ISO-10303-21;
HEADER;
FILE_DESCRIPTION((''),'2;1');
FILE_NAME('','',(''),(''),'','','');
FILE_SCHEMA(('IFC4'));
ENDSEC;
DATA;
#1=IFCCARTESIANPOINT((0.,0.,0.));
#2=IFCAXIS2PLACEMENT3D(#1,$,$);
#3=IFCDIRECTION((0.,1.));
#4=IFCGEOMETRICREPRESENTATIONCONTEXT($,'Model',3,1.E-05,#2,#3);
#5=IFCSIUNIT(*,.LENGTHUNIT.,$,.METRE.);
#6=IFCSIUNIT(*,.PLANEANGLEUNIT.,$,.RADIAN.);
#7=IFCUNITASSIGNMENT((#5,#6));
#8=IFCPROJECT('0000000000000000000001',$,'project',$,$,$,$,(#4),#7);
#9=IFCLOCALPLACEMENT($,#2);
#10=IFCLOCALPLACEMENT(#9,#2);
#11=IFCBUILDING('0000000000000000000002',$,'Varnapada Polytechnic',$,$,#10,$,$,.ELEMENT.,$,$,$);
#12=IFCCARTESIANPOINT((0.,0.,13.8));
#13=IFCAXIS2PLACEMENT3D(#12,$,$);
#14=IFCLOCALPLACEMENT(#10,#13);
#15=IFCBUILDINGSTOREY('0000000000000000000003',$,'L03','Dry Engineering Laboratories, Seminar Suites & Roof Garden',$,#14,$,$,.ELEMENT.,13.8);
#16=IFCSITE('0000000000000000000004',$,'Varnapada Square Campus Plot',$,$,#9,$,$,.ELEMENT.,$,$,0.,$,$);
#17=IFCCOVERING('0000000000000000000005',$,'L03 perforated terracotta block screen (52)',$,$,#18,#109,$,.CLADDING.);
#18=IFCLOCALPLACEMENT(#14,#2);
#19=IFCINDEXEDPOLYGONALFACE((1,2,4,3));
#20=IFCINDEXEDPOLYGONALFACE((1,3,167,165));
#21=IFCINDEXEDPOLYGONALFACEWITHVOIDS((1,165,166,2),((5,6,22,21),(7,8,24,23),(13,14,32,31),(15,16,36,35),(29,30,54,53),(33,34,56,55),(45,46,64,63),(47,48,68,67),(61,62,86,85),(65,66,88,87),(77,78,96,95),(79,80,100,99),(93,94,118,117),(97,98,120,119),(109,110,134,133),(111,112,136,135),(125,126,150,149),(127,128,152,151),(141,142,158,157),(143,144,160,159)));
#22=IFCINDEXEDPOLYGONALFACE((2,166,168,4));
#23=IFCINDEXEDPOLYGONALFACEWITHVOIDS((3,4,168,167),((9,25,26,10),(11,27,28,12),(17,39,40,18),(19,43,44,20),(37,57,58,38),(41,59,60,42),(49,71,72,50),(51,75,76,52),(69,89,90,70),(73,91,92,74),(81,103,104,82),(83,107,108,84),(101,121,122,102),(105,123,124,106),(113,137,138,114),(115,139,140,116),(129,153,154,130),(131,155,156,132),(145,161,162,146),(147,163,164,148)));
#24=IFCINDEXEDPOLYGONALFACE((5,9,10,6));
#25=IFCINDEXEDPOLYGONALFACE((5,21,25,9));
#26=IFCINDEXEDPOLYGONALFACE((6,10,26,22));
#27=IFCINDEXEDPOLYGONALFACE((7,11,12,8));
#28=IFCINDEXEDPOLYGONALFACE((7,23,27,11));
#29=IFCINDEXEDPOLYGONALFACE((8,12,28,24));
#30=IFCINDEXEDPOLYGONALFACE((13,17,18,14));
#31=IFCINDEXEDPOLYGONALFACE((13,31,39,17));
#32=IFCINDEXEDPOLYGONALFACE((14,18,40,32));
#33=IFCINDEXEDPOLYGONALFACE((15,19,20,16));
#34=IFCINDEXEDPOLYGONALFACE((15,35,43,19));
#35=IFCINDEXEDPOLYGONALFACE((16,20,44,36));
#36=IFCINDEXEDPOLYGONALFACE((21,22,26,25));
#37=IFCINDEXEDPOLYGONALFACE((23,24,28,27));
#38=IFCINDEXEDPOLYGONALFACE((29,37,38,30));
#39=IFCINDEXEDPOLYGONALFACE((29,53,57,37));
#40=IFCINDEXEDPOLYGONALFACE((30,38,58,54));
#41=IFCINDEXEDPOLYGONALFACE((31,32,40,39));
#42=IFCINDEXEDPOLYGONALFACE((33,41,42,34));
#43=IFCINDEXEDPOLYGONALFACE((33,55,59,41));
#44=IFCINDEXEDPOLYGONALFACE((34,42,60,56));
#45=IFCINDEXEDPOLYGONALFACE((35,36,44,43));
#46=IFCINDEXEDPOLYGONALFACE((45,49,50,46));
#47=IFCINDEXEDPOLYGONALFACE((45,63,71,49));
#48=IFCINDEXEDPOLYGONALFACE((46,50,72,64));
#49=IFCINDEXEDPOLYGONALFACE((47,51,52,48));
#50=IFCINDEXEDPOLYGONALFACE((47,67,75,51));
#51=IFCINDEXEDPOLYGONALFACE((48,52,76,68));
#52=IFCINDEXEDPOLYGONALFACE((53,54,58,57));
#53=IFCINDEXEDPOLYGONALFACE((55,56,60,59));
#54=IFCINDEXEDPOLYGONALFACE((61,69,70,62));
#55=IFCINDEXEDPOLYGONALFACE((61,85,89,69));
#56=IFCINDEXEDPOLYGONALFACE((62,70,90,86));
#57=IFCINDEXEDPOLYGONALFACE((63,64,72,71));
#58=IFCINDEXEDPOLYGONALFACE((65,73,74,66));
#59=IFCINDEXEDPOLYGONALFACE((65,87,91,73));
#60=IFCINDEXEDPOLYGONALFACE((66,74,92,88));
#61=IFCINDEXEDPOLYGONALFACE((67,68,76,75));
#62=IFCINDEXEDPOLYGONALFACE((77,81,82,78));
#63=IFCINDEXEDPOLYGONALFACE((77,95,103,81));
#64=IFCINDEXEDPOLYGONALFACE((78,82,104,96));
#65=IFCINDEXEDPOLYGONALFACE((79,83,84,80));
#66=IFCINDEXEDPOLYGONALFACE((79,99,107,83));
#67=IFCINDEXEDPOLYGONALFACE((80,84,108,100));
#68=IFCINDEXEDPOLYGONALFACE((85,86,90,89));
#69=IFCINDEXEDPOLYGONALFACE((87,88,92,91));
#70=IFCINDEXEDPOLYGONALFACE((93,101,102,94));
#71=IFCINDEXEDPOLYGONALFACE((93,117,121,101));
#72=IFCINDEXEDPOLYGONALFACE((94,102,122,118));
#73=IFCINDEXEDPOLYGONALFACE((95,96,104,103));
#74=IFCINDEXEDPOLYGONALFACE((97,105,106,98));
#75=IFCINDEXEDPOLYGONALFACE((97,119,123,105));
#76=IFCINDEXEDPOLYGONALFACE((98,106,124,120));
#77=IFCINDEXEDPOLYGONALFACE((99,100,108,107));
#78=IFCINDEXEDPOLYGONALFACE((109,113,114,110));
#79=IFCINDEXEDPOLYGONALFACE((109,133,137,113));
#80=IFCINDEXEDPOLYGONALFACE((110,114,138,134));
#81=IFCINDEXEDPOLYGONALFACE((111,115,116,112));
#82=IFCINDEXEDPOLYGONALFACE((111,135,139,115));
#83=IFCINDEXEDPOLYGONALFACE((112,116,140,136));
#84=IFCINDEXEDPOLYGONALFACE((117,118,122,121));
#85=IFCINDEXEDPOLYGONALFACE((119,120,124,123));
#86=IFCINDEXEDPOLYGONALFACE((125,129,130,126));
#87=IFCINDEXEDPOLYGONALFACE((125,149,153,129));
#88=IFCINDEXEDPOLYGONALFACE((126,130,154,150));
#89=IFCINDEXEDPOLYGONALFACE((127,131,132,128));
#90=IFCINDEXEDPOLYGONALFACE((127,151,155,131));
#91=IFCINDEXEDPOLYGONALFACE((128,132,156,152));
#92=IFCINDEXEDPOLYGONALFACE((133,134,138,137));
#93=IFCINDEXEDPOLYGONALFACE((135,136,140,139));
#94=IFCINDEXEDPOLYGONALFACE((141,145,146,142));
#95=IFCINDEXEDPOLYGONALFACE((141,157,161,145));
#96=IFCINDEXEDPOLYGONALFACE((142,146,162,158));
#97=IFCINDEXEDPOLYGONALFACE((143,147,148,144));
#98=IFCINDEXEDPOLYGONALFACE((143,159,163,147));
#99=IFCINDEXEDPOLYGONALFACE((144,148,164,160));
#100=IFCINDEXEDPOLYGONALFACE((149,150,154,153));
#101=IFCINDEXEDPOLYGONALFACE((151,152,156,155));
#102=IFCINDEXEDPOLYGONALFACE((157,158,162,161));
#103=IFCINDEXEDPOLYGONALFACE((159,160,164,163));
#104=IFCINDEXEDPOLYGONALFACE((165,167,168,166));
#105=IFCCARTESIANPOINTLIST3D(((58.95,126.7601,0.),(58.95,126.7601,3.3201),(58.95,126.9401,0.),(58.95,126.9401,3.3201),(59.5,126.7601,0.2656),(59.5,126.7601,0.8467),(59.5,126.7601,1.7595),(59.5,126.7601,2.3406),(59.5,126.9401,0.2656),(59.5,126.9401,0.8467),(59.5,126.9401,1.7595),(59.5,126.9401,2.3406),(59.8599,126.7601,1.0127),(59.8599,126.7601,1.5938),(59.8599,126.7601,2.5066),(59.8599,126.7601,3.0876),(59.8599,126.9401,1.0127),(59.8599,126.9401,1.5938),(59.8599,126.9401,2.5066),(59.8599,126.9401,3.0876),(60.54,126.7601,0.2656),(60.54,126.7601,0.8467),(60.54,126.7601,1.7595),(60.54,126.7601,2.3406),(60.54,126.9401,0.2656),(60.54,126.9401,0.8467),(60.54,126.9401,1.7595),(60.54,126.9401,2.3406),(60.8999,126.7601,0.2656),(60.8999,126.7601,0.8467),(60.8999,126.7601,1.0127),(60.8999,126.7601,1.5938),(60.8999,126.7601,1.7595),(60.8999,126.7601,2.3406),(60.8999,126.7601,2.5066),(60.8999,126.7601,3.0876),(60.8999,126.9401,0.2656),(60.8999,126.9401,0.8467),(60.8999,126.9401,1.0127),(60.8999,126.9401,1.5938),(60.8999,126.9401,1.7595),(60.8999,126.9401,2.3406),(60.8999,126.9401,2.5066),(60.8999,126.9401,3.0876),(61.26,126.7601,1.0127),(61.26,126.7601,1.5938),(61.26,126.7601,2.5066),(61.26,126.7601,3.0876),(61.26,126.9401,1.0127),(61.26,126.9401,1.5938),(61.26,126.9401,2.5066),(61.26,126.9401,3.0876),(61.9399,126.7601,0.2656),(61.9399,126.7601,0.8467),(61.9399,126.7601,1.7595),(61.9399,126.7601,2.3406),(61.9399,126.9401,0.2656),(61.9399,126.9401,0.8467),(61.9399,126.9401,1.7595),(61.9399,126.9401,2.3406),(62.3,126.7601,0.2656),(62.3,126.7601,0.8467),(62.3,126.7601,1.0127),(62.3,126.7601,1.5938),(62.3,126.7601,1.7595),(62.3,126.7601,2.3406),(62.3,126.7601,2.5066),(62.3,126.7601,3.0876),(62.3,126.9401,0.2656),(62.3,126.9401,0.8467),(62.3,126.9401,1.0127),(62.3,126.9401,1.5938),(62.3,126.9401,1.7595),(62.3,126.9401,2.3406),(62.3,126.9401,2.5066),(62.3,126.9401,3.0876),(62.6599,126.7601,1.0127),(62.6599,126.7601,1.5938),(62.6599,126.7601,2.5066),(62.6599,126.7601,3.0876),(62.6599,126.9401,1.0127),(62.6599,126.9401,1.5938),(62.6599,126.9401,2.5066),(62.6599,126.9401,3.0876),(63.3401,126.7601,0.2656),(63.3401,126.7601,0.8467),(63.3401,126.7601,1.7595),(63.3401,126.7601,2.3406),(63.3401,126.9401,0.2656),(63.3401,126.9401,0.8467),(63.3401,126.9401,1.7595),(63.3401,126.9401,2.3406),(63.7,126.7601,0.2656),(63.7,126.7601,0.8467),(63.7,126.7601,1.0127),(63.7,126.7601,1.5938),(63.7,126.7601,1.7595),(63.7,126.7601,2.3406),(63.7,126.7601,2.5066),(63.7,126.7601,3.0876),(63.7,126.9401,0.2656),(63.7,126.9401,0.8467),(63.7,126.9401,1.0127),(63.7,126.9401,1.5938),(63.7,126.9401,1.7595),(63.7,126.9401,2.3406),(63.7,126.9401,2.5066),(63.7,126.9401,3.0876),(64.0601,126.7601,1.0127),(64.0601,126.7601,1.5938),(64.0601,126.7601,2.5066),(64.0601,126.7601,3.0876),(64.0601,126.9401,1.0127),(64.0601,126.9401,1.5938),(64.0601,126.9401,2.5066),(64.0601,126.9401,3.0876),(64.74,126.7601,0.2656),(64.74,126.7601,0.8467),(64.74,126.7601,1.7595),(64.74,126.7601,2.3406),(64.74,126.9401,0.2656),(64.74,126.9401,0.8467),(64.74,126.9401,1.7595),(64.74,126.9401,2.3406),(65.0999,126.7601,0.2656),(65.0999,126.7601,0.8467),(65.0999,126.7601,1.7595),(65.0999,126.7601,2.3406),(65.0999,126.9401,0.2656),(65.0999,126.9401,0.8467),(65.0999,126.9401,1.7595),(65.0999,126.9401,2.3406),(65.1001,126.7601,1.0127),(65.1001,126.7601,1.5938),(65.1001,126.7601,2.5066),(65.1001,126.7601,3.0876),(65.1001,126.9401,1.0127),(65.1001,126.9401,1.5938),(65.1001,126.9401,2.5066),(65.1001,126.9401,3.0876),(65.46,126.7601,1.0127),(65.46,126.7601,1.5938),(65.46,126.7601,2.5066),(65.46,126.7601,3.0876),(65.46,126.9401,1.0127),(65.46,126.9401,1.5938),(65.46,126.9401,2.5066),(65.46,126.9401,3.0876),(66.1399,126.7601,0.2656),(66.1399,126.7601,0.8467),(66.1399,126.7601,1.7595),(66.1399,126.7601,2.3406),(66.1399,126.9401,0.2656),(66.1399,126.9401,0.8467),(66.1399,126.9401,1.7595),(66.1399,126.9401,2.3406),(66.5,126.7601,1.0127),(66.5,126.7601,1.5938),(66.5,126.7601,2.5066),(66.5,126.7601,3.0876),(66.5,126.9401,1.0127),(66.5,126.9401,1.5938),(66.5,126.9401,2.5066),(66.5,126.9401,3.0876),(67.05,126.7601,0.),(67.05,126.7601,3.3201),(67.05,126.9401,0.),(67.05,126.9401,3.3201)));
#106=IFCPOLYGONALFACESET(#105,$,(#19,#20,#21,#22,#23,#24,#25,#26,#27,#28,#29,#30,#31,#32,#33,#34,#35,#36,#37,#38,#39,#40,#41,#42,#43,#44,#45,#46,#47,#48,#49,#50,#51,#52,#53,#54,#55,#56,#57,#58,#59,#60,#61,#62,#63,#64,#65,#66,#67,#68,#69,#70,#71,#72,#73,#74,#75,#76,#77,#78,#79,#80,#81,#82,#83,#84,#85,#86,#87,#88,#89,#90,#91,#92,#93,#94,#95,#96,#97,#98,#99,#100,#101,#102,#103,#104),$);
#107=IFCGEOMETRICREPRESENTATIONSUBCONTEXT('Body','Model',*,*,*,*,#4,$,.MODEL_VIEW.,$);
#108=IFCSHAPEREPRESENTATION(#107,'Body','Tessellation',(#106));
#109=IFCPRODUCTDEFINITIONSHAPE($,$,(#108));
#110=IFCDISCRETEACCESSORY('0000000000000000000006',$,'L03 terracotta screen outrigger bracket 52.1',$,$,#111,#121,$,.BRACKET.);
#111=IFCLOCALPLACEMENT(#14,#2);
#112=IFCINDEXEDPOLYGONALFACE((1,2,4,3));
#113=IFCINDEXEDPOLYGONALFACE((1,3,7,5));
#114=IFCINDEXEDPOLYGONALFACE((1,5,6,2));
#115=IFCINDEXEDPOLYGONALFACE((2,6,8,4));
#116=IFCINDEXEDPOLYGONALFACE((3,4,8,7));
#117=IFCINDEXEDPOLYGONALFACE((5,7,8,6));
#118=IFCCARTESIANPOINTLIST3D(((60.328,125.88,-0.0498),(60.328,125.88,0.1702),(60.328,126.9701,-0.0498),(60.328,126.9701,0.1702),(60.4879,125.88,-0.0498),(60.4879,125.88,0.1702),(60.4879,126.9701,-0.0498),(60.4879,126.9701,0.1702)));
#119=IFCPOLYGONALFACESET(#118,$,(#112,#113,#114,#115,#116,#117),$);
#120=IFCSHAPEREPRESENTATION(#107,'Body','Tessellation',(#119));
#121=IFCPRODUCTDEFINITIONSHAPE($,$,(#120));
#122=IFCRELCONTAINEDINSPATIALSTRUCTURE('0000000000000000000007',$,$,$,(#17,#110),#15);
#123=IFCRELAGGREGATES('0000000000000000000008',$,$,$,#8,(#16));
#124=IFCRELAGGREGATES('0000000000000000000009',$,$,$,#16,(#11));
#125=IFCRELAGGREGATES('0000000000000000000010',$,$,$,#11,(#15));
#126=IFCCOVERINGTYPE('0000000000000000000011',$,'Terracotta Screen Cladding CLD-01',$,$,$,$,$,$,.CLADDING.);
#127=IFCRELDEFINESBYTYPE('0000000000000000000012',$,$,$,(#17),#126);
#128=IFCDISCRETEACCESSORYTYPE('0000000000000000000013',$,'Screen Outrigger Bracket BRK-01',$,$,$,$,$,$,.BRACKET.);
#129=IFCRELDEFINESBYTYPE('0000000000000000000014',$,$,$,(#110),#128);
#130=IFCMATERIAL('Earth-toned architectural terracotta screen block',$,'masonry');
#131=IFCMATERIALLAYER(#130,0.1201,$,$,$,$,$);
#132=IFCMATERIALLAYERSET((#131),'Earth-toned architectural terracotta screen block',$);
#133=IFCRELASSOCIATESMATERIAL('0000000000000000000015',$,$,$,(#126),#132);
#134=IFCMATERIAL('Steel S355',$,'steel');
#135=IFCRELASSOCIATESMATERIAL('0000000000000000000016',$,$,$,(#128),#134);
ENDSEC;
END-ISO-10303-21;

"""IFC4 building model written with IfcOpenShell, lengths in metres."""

from ifc_helpers import new_model, si_unit, direction, frame, frame_2d, origin, origin_2d, place, context, subcontext, project, spatial, rectangle, extrude, material, layer, layer_set, type_object, element, save


model = new_model("IFC4")

# Units and contexts
model_context = context("Model", 3, precision=1e-05, world=origin(), true_north=direction((0.0, 1.0)))
body_context = subcontext(model_context, "Body", "Model", "MODEL_VIEW")
ifc_project = project(units=[si_unit("LENGTHUNIT", "METRE"), si_unit("PLANEANGLEUNIT", "RADIAN")], contexts=[model_context])

# Site, building, storey
site_placement = place(None, origin())
site = spatial("IfcSite", under=ifc_project, at=site_placement, Name="Varnapada Square Campus Plot", CompositionType="ELEMENT", RefElevation=0.0)
building_placement = place(site_placement, origin())
building = spatial("IfcBuilding", under=site, at=building_placement, Name="Varnapada Polytechnic", CompositionType="ELEMENT")
storey_placement = place(building_placement, frame((0.0, 0.0, 13.8)))
storey = spatial("IfcBuildingStorey", under=building, at=storey_placement, Name="L03", Description="Dry Engineering Laboratories, Seminar Suites & Roof Garden", CompositionType="ELEMENT", Elevation=13.8)

# Covering, openings
ifc_material_1 = material(Name="Earth-toned architectural terracotta screen block", Category="masonry")
ifc_layer_1 = layer(ifc_material_1, 0.1201)
ifc_layer_set_1 = layer_set([ifc_layer_1], Name="Earth-toned architectural terracotta screen block")
covering_type = type_object("IfcCoveringType", Name="Terracotta Screen Cladding CLD-01", PredefinedType="CLADDING", material=ifc_layer_set_1)
covering_placement = place(storey_placement, frame((58.95, 126.8501, 0.0), z_axis=(0.0, 0.0, 1.0), x_axis=(1.0, 0.0, 0.0)))
covering = element("IfcCovering", 1, at=covering_placement, inside=storey, type_object=covering_type, Name="L03 perforated terracotta block screen (52)", PredefinedType="CLADDING", context=body_context, shape_type="SweptSolid", body=[
    extrude(rectangle(XDim=8.1001, YDim=0.1799, at=frame_2d((4.05, 0.0))), origin(), (0.0, 0.0, 1.0), 3.3201),
])
opening_1_placement = place(covering_placement, frame((0.55, 0.0, 0.2656)))
element("IfcOpeningElement", 2, at=opening_1_placement, cuts=covering, PredefinedType="OPENING", context=body_context, shape_type="SweptSolid", body=[
    extrude(rectangle(XDim=1.04, YDim=0.5811, at=frame_2d((0.52, 0.2905))), frame((0.0, 0.0999, 0.0), z_axis=(0.0, -1.0, 0.0), x_axis=(1.0, 0.0, 0.0)), (0.0, 0.0, 1.0), 0.2),
])
opening_2_placement = place(covering_placement, frame((1.95, 0.0, 0.2656)))
element("IfcOpeningElement", 3, at=opening_2_placement, cuts=covering, PredefinedType="OPENING", context=body_context, shape_type="SweptSolid", body=[
    extrude(rectangle(XDim=1.04, YDim=0.5811, at=frame_2d((0.52, 0.2905))), frame((0.0, 0.0999, 0.0), z_axis=(0.0, -1.0, 0.0), x_axis=(1.0, 0.0, 0.0)), (0.0, 0.0, 1.0), 0.2),
])
opening_3_placement = place(covering_placement, frame((3.3501, 0.0, 0.2656)))
element("IfcOpeningElement", 4, at=opening_3_placement, cuts=covering, PredefinedType="OPENING", context=body_context, shape_type="SweptSolid", body=[
    extrude(rectangle(XDim=1.04, YDim=0.5811, at=frame_2d((0.52, 0.2905))), frame((0.0, 0.0999, 0.0), z_axis=(0.0, -1.0, 0.0), x_axis=(1.0, 0.0, 0.0)), (0.0, 0.0, 1.0), 0.2),
])
opening_4_placement = place(covering_placement, frame((4.75, 0.0, 0.2656)))
element("IfcOpeningElement", 5, at=opening_4_placement, cuts=covering, PredefinedType="OPENING", context=body_context, shape_type="SweptSolid", body=[
    extrude(rectangle(XDim=1.04, YDim=0.5811, at=frame_2d((0.52, 0.2905))), frame((0.0, 0.0999, 0.0), z_axis=(0.0, -1.0, 0.0), x_axis=(1.0, 0.0, 0.0)), (0.0, 0.0, 1.0), 0.2),
])
opening_5_placement = place(covering_placement, frame((6.1499, 0.0, 0.2656)))
element("IfcOpeningElement", 6, at=opening_5_placement, cuts=covering, PredefinedType="OPENING", context=body_context, shape_type="SweptSolid", body=[
    extrude(rectangle(XDim=1.04, YDim=0.5811, at=frame_2d((0.52, 0.2905))), frame((0.0, 0.0999, 0.0), z_axis=(0.0, -1.0, 0.0), x_axis=(1.0, 0.0, 0.0)), (0.0, 0.0, 1.0), 0.2),
])
opening_6_placement = place(covering_placement, frame((0.9099, 0.0, 1.0127)))
element("IfcOpeningElement", 7, at=opening_6_placement, cuts=covering, PredefinedType="OPENING", context=body_context, shape_type="SweptSolid", body=[
    extrude(rectangle(XDim=1.04, YDim=0.5811, at=frame_2d((0.52, 0.2905))), frame((0.0, 0.0999, 0.0), z_axis=(0.0, -1.0, 0.0), x_axis=(1.0, 0.0, 0.0)), (0.0, 0.0, 1.0), 0.2),
])
opening_7_placement = place(covering_placement, frame((2.3101, 0.0, 1.0127)))
element("IfcOpeningElement", 8, at=opening_7_placement, cuts=covering, PredefinedType="OPENING", context=body_context, shape_type="SweptSolid", body=[
    extrude(rectangle(XDim=1.04, YDim=0.5811, at=frame_2d((0.52, 0.2905))), frame((0.0, 0.0999, 0.0), z_axis=(0.0, -1.0, 0.0), x_axis=(1.0, 0.0, 0.0)), (0.0, 0.0, 1.0), 0.2),
])
opening_8_placement = place(covering_placement, frame((3.71, 0.0, 1.0127)))
element("IfcOpeningElement", 9, at=opening_8_placement, cuts=covering, PredefinedType="OPENING", context=body_context, shape_type="SweptSolid", body=[
    extrude(rectangle(XDim=1.04, YDim=0.5811, at=frame_2d((0.52, 0.2905))), frame((0.0, 0.0999, 0.0), z_axis=(0.0, -1.0, 0.0), x_axis=(1.0, 0.0, 0.0)), (0.0, 0.0, 1.0), 0.2),
])
opening_9_placement = place(covering_placement, frame((5.1101, 0.0, 1.0127)))
element("IfcOpeningElement", 10, at=opening_9_placement, cuts=covering, PredefinedType="OPENING", context=body_context, shape_type="SweptSolid", body=[
    extrude(rectangle(XDim=1.04, YDim=0.5811, at=frame_2d((0.52, 0.2905))), frame((0.0, 0.0999, 0.0), z_axis=(0.0, -1.0, 0.0), x_axis=(1.0, 0.0, 0.0)), (0.0, 0.0, 1.0), 0.2),
])
opening_10_placement = place(covering_placement, frame((6.51, 0.0, 1.0127)))
element("IfcOpeningElement", 11, at=opening_10_placement, cuts=covering, PredefinedType="OPENING", context=body_context, shape_type="SweptSolid", body=[
    extrude(rectangle(XDim=1.04, YDim=0.5811, at=frame_2d((0.52, 0.2905))), frame((0.0, 0.0999, 0.0), z_axis=(0.0, -1.0, 0.0), x_axis=(1.0, 0.0, 0.0)), (0.0, 0.0, 1.0), 0.2),
])
opening_11_placement = place(covering_placement, frame((0.55, 0.0, 1.7595)))
element("IfcOpeningElement", 12, at=opening_11_placement, cuts=covering, PredefinedType="OPENING", context=body_context, shape_type="SweptSolid", body=[
    extrude(rectangle(XDim=1.04, YDim=0.5811, at=frame_2d((0.52, 0.2905))), frame((0.0, 0.0999, 0.0), z_axis=(0.0, -1.0, 0.0), x_axis=(1.0, 0.0, 0.0)), (0.0, 0.0, 1.0), 0.2),
])
opening_12_placement = place(covering_placement, frame((1.95, 0.0, 1.7595)))
element("IfcOpeningElement", 13, at=opening_12_placement, cuts=covering, PredefinedType="OPENING", context=body_context, shape_type="SweptSolid", body=[
    extrude(rectangle(XDim=1.04, YDim=0.5811, at=frame_2d((0.52, 0.2905))), frame((0.0, 0.0999, 0.0), z_axis=(0.0, -1.0, 0.0), x_axis=(1.0, 0.0, 0.0)), (0.0, 0.0, 1.0), 0.2),
])
opening_13_placement = place(covering_placement, frame((3.3501, 0.0, 1.7595)))
element("IfcOpeningElement", 14, at=opening_13_placement, cuts=covering, PredefinedType="OPENING", context=body_context, shape_type="SweptSolid", body=[
    extrude(rectangle(XDim=1.04, YDim=0.5811, at=frame_2d((0.52, 0.2905))), frame((0.0, 0.0999, 0.0), z_axis=(0.0, -1.0, 0.0), x_axis=(1.0, 0.0, 0.0)), (0.0, 0.0, 1.0), 0.2),
])
opening_14_placement = place(covering_placement, frame((4.75, 0.0, 1.7595)))
element("IfcOpeningElement", 15, at=opening_14_placement, cuts=covering, PredefinedType="OPENING", context=body_context, shape_type="SweptSolid", body=[
    extrude(rectangle(XDim=1.04, YDim=0.5811, at=frame_2d((0.52, 0.2905))), frame((0.0, 0.0999, 0.0), z_axis=(0.0, -1.0, 0.0), x_axis=(1.0, 0.0, 0.0)), (0.0, 0.0, 1.0), 0.2),
])
opening_15_placement = place(covering_placement, frame((6.1499, 0.0, 1.7595)))
element("IfcOpeningElement", 16, at=opening_15_placement, cuts=covering, PredefinedType="OPENING", context=body_context, shape_type="SweptSolid", body=[
    extrude(rectangle(XDim=1.04, YDim=0.5811, at=frame_2d((0.52, 0.2905))), frame((0.0, 0.0999, 0.0), z_axis=(0.0, -1.0, 0.0), x_axis=(1.0, 0.0, 0.0)), (0.0, 0.0, 1.0), 0.2),
])
opening_16_placement = place(covering_placement, frame((0.9099, 0.0, 2.5066)))
element("IfcOpeningElement", 17, at=opening_16_placement, cuts=covering, PredefinedType="OPENING", context=body_context, shape_type="SweptSolid", body=[
    extrude(rectangle(XDim=1.04, YDim=0.5811, at=frame_2d((0.52, 0.2905))), frame((0.0, 0.0999, 0.0), z_axis=(0.0, -1.0, 0.0), x_axis=(1.0, 0.0, 0.0)), (0.0, 0.0, 1.0), 0.2),
])
opening_17_placement = place(covering_placement, frame((2.3101, 0.0, 2.5066)))
element("IfcOpeningElement", 18, at=opening_17_placement, cuts=covering, PredefinedType="OPENING", context=body_context, shape_type="SweptSolid", body=[
    extrude(rectangle(XDim=1.04, YDim=0.5811, at=frame_2d((0.52, 0.2905))), frame((0.0, 0.0999, 0.0), z_axis=(0.0, -1.0, 0.0), x_axis=(1.0, 0.0, 0.0)), (0.0, 0.0, 1.0), 0.2),
])
opening_18_placement = place(covering_placement, frame((3.71, 0.0, 2.5066)))
element("IfcOpeningElement", 19, at=opening_18_placement, cuts=covering, PredefinedType="OPENING", context=body_context, shape_type="SweptSolid", body=[
    extrude(rectangle(XDim=1.04, YDim=0.5811, at=frame_2d((0.52, 0.2905))), frame((0.0, 0.0999, 0.0), z_axis=(0.0, -1.0, 0.0), x_axis=(1.0, 0.0, 0.0)), (0.0, 0.0, 1.0), 0.2),
])
opening_19_placement = place(covering_placement, frame((5.1101, 0.0, 2.5066)))
element("IfcOpeningElement", 20, at=opening_19_placement, cuts=covering, PredefinedType="OPENING", context=body_context, shape_type="SweptSolid", body=[
    extrude(rectangle(XDim=1.04, YDim=0.5811, at=frame_2d((0.52, 0.2905))), frame((0.0, 0.0999, 0.0), z_axis=(0.0, -1.0, 0.0), x_axis=(1.0, 0.0, 0.0)), (0.0, 0.0, 1.0), 0.2),
])
opening_20_placement = place(covering_placement, frame((6.51, 0.0, 2.5066)))
element("IfcOpeningElement", 21, at=opening_20_placement, cuts=covering, PredefinedType="OPENING", context=body_context, shape_type="SweptSolid", body=[
    extrude(rectangle(XDim=1.04, YDim=0.5811, at=frame_2d((0.52, 0.2905))), frame((0.0, 0.0999, 0.0), z_axis=(0.0, -1.0, 0.0), x_axis=(1.0, 0.0, 0.0)), (0.0, 0.0, 1.0), 0.2),
])

# Discrete accessory
ifc_material_2 = material(Name="Steel S355", Category="steel")
discrete_accessory_type = type_object("IfcDiscreteAccessoryType", Name="Screen Outrigger Bracket BRK-01", PredefinedType="BRACKET", material=ifc_material_2)
discrete_accessory_placement = place(storey_placement, frame((60.408, 126.425, -0.0498), z_axis=(0.0, 0.0, 1.0), x_axis=(1.0, 0.0, 0.0)))
element("IfcDiscreteAccessory", 22, at=discrete_accessory_placement, inside=storey, type_object=discrete_accessory_type, Name="L03 terracotta screen outrigger bracket 52.1", PredefinedType="BRACKET", context=body_context, shape_type="SweptSolid", body=[
    extrude(rectangle(XDim=0.1599, YDim=1.0901, at=origin_2d()), origin(), (0.0, 0.0, 1.0), 0.22),
])

save(model, "model.ifc")
